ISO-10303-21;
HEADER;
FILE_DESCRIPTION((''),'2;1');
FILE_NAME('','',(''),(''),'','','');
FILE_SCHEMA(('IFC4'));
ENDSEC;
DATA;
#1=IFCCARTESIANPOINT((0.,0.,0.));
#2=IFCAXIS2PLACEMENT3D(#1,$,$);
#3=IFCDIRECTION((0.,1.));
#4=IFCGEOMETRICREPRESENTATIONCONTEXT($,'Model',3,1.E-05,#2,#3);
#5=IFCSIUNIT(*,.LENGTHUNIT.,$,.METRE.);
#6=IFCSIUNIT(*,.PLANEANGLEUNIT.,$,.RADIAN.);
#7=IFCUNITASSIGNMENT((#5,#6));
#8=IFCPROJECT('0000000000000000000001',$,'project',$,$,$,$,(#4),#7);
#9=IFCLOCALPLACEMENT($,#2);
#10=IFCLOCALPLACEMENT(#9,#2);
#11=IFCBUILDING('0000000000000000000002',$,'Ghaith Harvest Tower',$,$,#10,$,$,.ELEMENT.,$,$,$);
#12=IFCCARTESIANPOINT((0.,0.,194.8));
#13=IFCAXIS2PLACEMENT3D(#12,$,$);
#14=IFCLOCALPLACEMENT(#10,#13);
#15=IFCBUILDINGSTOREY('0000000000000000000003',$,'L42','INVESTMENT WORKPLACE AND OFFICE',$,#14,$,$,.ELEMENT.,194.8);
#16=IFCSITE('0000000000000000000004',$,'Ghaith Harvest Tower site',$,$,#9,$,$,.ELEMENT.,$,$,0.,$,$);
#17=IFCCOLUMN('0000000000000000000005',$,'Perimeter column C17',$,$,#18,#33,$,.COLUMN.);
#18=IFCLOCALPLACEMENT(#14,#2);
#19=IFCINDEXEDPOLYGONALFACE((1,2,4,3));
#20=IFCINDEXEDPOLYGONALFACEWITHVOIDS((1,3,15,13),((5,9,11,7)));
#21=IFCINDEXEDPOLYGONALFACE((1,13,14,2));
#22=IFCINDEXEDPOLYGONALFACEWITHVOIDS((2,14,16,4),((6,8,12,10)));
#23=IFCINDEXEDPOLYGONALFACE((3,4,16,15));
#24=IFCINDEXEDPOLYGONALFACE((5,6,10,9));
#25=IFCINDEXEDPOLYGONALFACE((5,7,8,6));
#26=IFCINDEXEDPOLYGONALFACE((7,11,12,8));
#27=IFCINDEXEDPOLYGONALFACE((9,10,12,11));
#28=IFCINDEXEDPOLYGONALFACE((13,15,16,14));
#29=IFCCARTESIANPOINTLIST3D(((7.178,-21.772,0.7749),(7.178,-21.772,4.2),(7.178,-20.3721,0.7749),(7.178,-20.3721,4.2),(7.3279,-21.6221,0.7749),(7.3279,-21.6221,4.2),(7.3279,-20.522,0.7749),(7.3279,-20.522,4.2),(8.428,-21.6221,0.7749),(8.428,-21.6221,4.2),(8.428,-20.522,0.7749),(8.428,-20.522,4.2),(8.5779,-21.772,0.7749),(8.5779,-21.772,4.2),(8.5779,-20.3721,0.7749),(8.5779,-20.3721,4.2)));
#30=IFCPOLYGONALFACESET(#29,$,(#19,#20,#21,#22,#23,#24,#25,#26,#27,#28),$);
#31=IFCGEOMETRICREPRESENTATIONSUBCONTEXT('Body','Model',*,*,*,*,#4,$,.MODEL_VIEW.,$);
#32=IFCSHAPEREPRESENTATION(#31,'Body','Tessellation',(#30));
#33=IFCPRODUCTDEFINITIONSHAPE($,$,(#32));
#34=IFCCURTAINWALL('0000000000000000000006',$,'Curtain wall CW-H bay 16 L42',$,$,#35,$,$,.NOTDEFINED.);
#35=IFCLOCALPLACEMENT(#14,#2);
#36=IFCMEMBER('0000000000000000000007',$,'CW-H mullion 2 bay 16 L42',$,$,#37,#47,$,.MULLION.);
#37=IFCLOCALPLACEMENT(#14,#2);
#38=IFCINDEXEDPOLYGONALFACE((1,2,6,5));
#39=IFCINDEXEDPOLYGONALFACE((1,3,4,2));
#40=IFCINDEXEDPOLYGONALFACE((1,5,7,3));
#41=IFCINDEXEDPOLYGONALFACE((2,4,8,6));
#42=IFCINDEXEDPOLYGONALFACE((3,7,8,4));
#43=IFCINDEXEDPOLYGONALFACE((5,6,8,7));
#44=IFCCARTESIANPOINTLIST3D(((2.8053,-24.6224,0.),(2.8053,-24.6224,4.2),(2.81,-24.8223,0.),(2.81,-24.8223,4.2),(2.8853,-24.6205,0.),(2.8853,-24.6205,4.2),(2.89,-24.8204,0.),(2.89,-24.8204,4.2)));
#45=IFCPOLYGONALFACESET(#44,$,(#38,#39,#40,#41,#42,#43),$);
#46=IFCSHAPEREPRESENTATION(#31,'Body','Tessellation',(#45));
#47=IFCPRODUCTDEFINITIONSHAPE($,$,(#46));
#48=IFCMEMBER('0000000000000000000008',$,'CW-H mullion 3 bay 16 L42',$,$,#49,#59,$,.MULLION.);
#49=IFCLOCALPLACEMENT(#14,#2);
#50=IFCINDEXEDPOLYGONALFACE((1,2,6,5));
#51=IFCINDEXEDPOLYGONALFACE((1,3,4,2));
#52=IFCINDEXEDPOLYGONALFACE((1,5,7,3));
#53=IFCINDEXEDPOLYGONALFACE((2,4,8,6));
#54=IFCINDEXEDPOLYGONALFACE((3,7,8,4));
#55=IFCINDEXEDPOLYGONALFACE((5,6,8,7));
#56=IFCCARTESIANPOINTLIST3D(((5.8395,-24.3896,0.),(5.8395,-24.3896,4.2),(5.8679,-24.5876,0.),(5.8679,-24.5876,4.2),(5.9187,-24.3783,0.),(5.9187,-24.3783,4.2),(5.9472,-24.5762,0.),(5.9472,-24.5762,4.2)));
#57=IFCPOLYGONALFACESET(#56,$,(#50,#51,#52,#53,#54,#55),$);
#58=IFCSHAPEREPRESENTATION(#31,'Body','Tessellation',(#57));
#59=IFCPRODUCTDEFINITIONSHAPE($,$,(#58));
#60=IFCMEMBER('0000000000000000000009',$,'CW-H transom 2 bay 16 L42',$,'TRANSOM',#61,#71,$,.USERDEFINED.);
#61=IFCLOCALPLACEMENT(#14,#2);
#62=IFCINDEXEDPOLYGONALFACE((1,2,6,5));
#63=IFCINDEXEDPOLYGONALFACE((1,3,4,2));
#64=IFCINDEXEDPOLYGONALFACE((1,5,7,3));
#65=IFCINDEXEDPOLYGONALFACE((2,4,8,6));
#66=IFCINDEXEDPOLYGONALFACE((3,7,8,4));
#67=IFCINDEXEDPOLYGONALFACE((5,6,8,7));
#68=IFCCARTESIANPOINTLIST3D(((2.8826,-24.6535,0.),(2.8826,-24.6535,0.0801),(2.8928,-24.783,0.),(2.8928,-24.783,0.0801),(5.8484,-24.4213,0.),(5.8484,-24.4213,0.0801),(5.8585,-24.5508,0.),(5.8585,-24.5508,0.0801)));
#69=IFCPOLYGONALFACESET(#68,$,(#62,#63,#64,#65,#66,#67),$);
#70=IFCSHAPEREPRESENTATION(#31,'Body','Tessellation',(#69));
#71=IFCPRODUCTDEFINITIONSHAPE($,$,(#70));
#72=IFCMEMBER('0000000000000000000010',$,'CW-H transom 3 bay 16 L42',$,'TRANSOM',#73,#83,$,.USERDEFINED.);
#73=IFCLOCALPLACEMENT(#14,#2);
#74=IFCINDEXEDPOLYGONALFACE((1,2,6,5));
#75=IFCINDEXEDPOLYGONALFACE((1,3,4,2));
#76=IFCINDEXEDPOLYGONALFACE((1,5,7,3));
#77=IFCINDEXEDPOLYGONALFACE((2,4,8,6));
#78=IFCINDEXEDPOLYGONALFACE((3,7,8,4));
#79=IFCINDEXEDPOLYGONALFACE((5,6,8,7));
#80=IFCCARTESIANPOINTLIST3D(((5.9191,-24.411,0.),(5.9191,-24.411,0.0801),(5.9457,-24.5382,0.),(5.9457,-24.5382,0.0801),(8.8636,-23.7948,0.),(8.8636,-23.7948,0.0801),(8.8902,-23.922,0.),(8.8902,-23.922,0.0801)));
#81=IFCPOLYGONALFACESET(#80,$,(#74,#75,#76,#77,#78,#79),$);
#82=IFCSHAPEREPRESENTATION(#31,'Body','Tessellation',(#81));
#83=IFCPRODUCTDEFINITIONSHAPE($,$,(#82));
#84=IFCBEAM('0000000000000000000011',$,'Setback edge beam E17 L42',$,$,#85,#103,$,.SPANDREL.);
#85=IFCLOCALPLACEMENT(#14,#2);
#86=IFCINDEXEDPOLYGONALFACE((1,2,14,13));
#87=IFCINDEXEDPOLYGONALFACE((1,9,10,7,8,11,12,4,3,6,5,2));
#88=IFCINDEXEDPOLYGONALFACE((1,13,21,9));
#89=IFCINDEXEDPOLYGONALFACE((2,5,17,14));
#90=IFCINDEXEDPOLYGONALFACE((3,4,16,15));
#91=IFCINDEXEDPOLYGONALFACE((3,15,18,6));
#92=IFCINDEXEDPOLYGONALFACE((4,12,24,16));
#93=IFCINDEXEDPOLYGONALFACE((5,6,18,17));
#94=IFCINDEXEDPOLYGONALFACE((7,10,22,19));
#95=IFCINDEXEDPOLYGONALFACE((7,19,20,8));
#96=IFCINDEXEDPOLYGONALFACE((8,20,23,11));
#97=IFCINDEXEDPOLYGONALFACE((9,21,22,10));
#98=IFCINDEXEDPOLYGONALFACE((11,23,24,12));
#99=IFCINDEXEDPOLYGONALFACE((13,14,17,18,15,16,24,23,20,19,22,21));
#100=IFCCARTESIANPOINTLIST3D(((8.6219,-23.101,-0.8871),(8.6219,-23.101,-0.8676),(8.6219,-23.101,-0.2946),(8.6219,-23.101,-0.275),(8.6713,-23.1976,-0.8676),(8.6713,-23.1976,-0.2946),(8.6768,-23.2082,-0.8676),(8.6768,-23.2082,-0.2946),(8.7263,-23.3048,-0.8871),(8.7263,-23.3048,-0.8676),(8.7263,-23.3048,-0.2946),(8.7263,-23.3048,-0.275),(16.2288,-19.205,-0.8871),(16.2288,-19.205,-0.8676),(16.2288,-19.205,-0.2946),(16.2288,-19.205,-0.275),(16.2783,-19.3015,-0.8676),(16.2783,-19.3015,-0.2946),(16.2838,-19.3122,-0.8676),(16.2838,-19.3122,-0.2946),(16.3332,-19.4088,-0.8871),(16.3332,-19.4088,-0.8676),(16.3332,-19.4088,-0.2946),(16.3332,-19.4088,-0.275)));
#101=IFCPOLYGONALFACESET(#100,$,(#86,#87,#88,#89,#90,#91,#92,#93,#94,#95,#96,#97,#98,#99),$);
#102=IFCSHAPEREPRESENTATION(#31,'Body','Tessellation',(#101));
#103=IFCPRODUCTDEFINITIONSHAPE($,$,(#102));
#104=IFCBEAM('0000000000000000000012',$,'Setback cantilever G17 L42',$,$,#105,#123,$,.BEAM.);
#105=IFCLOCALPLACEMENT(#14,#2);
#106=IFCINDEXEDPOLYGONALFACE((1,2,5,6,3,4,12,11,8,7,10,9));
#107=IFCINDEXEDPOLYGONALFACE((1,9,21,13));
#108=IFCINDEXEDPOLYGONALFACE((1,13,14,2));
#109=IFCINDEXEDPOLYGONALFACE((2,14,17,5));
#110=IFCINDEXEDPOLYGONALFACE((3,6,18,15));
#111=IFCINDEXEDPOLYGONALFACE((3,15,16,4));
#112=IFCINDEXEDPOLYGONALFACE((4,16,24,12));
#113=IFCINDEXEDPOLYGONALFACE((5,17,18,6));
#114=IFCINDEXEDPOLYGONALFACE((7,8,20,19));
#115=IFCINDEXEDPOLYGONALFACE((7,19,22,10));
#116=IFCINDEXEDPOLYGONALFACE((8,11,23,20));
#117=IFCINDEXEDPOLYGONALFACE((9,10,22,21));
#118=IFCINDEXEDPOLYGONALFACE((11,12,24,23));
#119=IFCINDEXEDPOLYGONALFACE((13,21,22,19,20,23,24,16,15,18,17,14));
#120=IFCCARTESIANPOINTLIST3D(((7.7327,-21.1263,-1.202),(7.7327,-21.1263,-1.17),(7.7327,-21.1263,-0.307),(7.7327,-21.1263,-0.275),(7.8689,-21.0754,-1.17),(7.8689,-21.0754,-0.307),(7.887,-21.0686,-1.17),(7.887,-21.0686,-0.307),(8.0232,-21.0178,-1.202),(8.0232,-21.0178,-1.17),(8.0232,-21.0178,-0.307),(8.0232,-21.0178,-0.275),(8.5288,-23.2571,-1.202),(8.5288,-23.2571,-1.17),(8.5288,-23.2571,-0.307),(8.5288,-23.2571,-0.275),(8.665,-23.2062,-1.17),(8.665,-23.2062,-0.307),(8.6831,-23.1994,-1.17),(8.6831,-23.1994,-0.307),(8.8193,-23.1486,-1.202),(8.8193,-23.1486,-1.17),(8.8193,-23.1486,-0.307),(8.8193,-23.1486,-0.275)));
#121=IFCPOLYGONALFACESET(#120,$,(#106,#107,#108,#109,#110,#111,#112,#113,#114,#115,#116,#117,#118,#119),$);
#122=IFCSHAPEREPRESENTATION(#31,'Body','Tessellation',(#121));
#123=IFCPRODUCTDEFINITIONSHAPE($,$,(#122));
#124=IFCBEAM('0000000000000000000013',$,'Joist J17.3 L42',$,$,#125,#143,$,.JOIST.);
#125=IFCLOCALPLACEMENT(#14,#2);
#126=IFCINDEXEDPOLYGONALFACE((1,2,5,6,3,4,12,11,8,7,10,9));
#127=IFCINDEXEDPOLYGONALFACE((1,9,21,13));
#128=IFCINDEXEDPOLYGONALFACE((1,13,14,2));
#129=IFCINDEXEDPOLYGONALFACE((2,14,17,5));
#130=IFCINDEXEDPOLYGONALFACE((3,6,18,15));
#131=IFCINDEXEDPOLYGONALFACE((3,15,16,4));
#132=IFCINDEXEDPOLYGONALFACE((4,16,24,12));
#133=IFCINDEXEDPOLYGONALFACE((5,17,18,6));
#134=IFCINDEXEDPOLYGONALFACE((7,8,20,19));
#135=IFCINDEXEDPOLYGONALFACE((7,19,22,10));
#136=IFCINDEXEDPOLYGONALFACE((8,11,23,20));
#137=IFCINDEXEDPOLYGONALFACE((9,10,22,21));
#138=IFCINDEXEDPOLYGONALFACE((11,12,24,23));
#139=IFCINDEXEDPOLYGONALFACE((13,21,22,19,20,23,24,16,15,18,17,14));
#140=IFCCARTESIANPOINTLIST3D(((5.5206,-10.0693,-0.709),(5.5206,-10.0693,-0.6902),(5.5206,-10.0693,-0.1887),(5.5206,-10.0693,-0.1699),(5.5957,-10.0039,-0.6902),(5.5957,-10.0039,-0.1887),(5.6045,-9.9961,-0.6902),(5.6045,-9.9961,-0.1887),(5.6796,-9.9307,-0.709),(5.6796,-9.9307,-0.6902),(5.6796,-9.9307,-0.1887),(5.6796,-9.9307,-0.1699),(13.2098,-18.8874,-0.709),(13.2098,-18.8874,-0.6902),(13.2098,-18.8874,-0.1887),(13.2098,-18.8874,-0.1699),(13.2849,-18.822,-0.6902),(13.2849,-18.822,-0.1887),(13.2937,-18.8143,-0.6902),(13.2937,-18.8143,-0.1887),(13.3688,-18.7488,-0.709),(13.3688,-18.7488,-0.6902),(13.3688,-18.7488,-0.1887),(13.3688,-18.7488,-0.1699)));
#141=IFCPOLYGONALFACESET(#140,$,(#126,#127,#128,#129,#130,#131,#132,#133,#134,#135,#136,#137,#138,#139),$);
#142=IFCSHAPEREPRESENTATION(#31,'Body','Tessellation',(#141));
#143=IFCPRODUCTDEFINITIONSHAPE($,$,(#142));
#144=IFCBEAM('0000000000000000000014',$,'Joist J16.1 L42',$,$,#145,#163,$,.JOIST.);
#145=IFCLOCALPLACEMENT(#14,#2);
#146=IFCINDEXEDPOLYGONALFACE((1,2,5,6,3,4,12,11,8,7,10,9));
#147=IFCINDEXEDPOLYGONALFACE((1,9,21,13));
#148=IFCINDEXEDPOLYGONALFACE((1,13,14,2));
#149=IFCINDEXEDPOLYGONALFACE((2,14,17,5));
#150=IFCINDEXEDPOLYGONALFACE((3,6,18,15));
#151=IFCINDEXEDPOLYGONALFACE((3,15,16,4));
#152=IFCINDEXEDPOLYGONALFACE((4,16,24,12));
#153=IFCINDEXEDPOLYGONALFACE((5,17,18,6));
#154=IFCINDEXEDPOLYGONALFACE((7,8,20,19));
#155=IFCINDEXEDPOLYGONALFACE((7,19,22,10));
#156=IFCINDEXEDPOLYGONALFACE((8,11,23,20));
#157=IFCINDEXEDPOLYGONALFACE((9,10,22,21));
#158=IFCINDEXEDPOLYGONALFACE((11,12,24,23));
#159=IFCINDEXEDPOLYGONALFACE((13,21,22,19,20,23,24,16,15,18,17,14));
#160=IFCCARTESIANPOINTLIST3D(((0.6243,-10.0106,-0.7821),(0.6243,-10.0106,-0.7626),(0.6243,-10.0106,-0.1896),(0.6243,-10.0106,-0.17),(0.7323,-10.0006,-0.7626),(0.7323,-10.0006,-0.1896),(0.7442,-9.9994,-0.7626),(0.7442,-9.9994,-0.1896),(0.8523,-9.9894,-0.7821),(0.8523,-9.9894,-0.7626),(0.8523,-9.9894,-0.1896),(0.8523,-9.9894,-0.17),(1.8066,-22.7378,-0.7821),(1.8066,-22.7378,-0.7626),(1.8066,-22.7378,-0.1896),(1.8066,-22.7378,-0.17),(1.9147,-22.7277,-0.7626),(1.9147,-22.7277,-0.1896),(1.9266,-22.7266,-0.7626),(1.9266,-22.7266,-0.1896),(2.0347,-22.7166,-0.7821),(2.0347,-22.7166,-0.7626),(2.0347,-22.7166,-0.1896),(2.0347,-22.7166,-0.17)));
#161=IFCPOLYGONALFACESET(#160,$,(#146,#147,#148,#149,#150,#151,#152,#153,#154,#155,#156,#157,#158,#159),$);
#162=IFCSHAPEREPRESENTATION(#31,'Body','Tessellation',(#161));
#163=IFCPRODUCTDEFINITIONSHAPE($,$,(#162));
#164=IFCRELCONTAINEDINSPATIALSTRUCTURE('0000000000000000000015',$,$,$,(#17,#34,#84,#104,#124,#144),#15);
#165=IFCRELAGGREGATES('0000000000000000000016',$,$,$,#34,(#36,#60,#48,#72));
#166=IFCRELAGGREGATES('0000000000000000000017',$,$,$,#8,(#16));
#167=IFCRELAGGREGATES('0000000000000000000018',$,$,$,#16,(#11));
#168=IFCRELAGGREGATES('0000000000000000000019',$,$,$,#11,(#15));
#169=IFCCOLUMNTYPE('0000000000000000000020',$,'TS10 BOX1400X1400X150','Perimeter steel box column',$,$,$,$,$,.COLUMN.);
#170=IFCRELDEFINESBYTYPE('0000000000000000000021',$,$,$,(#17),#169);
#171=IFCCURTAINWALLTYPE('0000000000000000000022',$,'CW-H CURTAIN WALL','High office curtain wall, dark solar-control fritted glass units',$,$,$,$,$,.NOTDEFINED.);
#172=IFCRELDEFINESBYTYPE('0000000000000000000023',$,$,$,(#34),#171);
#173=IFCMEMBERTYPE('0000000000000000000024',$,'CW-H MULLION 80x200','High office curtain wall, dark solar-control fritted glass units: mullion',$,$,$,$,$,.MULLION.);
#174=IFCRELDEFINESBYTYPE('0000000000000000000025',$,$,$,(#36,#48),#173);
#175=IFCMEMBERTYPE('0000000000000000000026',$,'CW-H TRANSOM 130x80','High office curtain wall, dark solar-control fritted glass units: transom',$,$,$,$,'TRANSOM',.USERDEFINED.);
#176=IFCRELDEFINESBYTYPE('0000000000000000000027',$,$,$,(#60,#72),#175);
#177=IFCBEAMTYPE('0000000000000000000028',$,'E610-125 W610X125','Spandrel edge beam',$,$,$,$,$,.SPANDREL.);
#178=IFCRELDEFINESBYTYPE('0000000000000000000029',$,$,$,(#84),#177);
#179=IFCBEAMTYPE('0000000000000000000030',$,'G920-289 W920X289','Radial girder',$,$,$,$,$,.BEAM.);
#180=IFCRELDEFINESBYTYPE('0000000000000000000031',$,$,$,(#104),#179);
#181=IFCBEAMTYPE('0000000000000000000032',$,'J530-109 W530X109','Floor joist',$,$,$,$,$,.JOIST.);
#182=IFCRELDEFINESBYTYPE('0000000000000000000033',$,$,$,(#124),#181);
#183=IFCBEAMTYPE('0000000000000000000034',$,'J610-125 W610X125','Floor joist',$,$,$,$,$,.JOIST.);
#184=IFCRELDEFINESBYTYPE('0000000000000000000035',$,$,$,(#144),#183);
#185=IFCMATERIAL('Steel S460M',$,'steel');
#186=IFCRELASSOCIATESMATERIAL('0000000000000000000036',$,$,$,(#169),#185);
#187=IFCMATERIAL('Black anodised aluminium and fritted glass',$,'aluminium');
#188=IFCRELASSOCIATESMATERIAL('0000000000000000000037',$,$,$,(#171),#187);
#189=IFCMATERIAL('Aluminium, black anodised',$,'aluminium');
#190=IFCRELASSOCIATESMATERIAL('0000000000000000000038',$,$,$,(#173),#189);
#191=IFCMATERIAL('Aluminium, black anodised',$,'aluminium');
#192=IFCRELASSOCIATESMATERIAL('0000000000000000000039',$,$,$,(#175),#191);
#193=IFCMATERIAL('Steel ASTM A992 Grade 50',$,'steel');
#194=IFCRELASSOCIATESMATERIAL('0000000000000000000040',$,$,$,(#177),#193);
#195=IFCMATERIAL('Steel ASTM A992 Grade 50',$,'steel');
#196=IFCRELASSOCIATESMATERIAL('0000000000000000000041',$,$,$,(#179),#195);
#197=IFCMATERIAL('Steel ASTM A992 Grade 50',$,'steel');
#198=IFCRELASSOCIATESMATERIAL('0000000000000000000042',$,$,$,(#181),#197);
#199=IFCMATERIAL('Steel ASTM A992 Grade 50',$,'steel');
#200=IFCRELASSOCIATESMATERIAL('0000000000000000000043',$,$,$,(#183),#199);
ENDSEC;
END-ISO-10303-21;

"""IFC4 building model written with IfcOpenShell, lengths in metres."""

from ifc_helpers import new_model, si_unit, direction, frame, origin, origin_2d, place, context, subcontext, project, spatial, rectangle, hollow_rectangle, i_section, extrude, material, material_profile, profile_set, type_object, element, aggregate, save


model = new_model("IFC4")

# Units and contexts
model_context = context("Model", 3, precision=1e-05, world=origin(), true_north=direction((0.0, 1.0)))
body_context = subcontext(model_context, "Body", "Model", "MODEL_VIEW")
ifc_project = project(units=[si_unit("LENGTHUNIT", "METRE"), si_unit("PLANEANGLEUNIT", "RADIAN")], contexts=[model_context])

# Site, building, storey
site_placement = place(None, origin())
site = spatial("IfcSite", under=ifc_project, at=site_placement, Name="Ghaith Harvest Tower site", CompositionType="ELEMENT", RefElevation=0.0)
building_placement = place(site_placement, origin())
building = spatial("IfcBuilding", under=site, at=building_placement, Name="Ghaith Harvest Tower", CompositionType="ELEMENT")
storey_placement = place(building_placement, frame((0.0, 0.0, 194.8)))
storey = spatial("IfcBuildingStorey", under=building, at=storey_placement, Name="L42", Description="INVESTMENT WORKPLACE AND OFFICE", CompositionType="ELEMENT", Elevation=194.8)

# Column
ifc_material_1 = material(Name="Steel S460M", Category="steel")
ifc_material_profile_1 = material_profile(ifc_material_1, hollow_rectangle(XDim=1.3999, YDim=1.3999, WallThickness=0.1499, at=origin_2d()), Name="BOX1400X1400X150")
ifc_profile_set_1 = profile_set([ifc_material_profile_1], Name="Steel S460M")
column_type = type_object("IfcColumnType", Name="TS10 BOX1400X1400X150", Description="Perimeter steel box column", PredefinedType="COLUMN", material=ifc_profile_set_1)
column_placement = place(storey_placement, frame((7.8779, -21.072, 0.7749), z_axis=(0.0, 0.0, 1.0), x_axis=(1.0, 0.0, 0.0)))
element("IfcColumn", 1, at=column_placement, inside=storey, type_object=column_type, Name="Perimeter column C17", PredefinedType="COLUMN", context=body_context, shape_type="SweptSolid", body=[
    extrude(hollow_rectangle(XDim=1.3999, YDim=1.3999, WallThickness=0.1499, at=origin_2d()), origin(), (0.0, 0.0, 1.0), 3.425),
])

# Curtain wall, members
ifc_material_2 = material(Name="Black anodised aluminium and fritted glass", Category="aluminium")
curtain_wall_type = type_object("IfcCurtainWallType", Name="CW-H CURTAIN WALL", Description="High office curtain wall, dark solar-control fritted glass units", PredefinedType="NOTDEFINED", material=ifc_material_2)
curtain_wall_placement = place(storey_placement, origin())
curtain_wall = element("IfcCurtainWall", 2, at=curtain_wall_placement, inside=storey, type_object=curtain_wall_type, Name="Curtain wall CW-H bay 16 L42", PredefinedType="NOTDEFINED")
ifc_material_3 = material(Name="Aluminium, black anodised", Category="aluminium")
ifc_material_profile_2 = material_profile(ifc_material_3, rectangle(XDim=0.0801, YDim=0.2, at=origin_2d()), Name="CW-H MULLION 80x200")
ifc_profile_set_2 = profile_set([ifc_material_profile_2], Name="Aluminium, black anodised")
member_type_1 = type_object("IfcMemberType", Name="CW-H MULLION 80x200", Description="High office curtain wall, dark solar-control fritted glass units: mullion", PredefinedType="MULLION", material=ifc_profile_set_2)
member_1_placement = place(storey_placement, frame((2.8477, -24.7214, 0.0), z_axis=(0.0, 0.0, 1.0), x_axis=(0.999724, 0.023475, 0.0)))
member_1 = element("IfcMember", 3, at=member_1_placement, type_object=member_type_1, Name="CW-H mullion 2 bay 16 L42", PredefinedType="MULLION", context=body_context, shape_type="SweptSolid", body=[
    extrude(rectangle(XDim=0.0801, YDim=0.2, at=origin_2d()), origin(), (0.0, 0.0, 1.0), 4.2),
])
member_2_placement = place(storey_placement, frame((5.8933, -24.4829, 0.0), z_axis=(0.0, 0.0, 1.0), x_axis=(0.989849, 0.142122, 0.0)))
member_2 = element("IfcMember", 4, at=member_2_placement, type_object=member_type_1, Name="CW-H mullion 3 bay 16 L42", PredefinedType="MULLION", context=body_context, shape_type="SweptSolid", body=[
    extrude(rectangle(XDim=0.0801, YDim=0.2, at=origin_2d()), origin(), (0.0, 0.0, 1.0), 4.2),
])
ifc_material_4 = material(Name="Aluminium, black anodised", Category="aluminium")
ifc_material_profile_3 = material_profile(ifc_material_4, rectangle(XDim=0.1299, YDim=0.0801, at=origin_2d()), Name="CW-H TRANSOM 130x80")
ifc_profile_set_3 = profile_set([ifc_material_profile_3], Name="Aluminium, black anodised")
member_type_2 = type_object("IfcMemberType", Name="CW-H TRANSOM 130x80", Description="High office curtain wall, dark solar-control fritted glass units: transom", ElementType="TRANSOM", PredefinedType="USERDEFINED", material=ifc_profile_set_3)
member_3_placement = place(storey_placement, frame((2.8877, -24.7183, 0.04), z_axis=(0.99695, 0.078046, 0.0), x_axis=(-0.078046, 0.99695, 0.0)))
member_3 = element("IfcMember", 5, at=member_3_placement, type_object=member_type_2, Name="CW-H transom 2 bay 16 L42", ObjectType="TRANSOM", PredefinedType="USERDEFINED", context=body_context, shape_type="SweptSolid", body=[
    extrude(rectangle(XDim=0.1299, YDim=0.0801, at=origin_2d()), origin(), (0.0, 0.0, 1.0), 2.9749),
])
member_4_placement = place(storey_placement, frame((5.9324, -24.4746, 0.04), z_axis=(0.978797, 0.204832, 0.0), x_axis=(-0.204832, 0.978797, 0.0)))
member_4 = element("IfcMember", 6, at=member_4_placement, type_object=member_type_2, Name="CW-H transom 3 bay 16 L42", ObjectType="TRANSOM", PredefinedType="USERDEFINED", context=body_context, shape_type="SweptSolid", body=[
    extrude(rectangle(XDim=0.1299, YDim=0.0801, at=origin_2d()), origin(), (0.0, 0.0, 1.0), 3.0083),
])

# Beams
ifc_material_5 = material(Name="Steel ASTM A992 Grade 50", Category="steel")
ifc_material_profile_4 = material_profile(ifc_material_5, i_section(OverallWidth=0.229, OverallDepth=0.6121, WebThickness=0.012, FlangeThickness=0.0195, at=origin_2d()), Name="W610X125")
ifc_profile_set_4 = profile_set([ifc_material_profile_4], Name="Steel ASTM A992 Grade 50")
beam_type_1 = type_object("IfcBeamType", Name="E610-125 W610X125", Description="Spandrel edge beam", PredefinedType="SPANDREL", material=ifc_profile_set_4)
beam_1_placement = place(storey_placement, frame((8.6741, -23.2029, -0.5811), z_axis=(0.890055, 0.455854, 0.0), x_axis=(-0.455854, 0.890055, 0.0)))
element("IfcBeam", 7, at=beam_1_placement, inside=storey, type_object=beam_type_1, Name="Setback edge beam E17 L42", PredefinedType="SPANDREL", context=body_context, shape_type="SweptSolid", body=[
    extrude(i_section(OverallWidth=0.229, OverallDepth=0.6121, WebThickness=0.012, FlangeThickness=0.0195, at=origin_2d()), origin(), (0.0, 0.0, 1.0), 8.5466),
])
ifc_material_6 = material(Name="Steel ASTM A992 Grade 50", Category="steel")
ifc_material_profile_5 = material_profile(ifc_material_6, i_section(OverallWidth=0.3101, OverallDepth=0.927, WebThickness=0.0193, FlangeThickness=0.032, at=origin_2d()), Name="W920X289")
ifc_profile_set_5 = profile_set([ifc_material_profile_5], Name="Steel ASTM A992 Grade 50")
beam_type_2 = type_object("IfcBeamType", Name="G920-289 W920X289", Description="Radial girder", PredefinedType="BEAM", material=ifc_profile_set_5)
beam_2_placement = place(storey_placement, frame((7.8779, -21.072, -0.7385), z_axis=(0.349994, -0.936752, 0.0), x_axis=(0.936752, 0.349994, 0.0)))
element("IfcBeam", 8, at=beam_2_placement, inside=storey, type_object=beam_type_2, Name="Setback cantilever G17 L42", PredefinedType="BEAM", context=body_context, shape_type="SweptSolid", body=[
    extrude(i_section(OverallWidth=0.3101, OverallDepth=0.927, WebThickness=0.0193, FlangeThickness=0.032, at=origin_2d()), origin(), (0.0, 0.0, 1.0), 2.2747),
])
ifc_material_7 = material(Name="Steel ASTM A992 Grade 50", Category="steel")
ifc_material_profile_6 = material_profile(ifc_material_7, i_section(OverallWidth=0.2109, OverallDepth=0.5391, WebThickness=0.0117, FlangeThickness=0.0188, at=origin_2d()), Name="W530X109")
ifc_profile_set_6 = profile_set([ifc_material_profile_6], Name="Steel ASTM A992 Grade 50")
beam_type_3 = type_object("IfcBeamType", Name="J530-109 W530X109", Description="Floor joist", PredefinedType="JOIST", material=ifc_profile_set_6)
beam_3_placement = place(storey_placement, frame((5.6001, -10.0, -0.4395), z_axis=(0.657214, -0.753704, 0.0), x_axis=(0.753704, 0.657214, 0.0)))
element("IfcBeam", 9, at=beam_3_placement, inside=storey, type_object=beam_type_3, Name="Joist J17.3 L42", PredefinedType="JOIST", context=body_context, shape_type="SweptSolid", body=[
    extrude(i_section(OverallWidth=0.2109, OverallDepth=0.5391, WebThickness=0.0117, FlangeThickness=0.0188, at=origin_2d()), origin(), (0.0, 0.0, 1.0), 11.6997),
])
ifc_material_8 = material(Name="Steel ASTM A992 Grade 50", Category="steel")
ifc_material_profile_7 = material_profile(ifc_material_8, i_section(OverallWidth=0.229, OverallDepth=0.6121, WebThickness=0.012, FlangeThickness=0.0195, at=origin_2d()), Name="W610X125")
ifc_profile_set_7 = profile_set([ifc_material_profile_7], Name="Steel ASTM A992 Grade 50")
beam_type_4 = type_object("IfcBeamType", Name="J610-125 W610X125", Description="Floor joist", PredefinedType="JOIST", material=ifc_profile_set_7)
beam_4_placement = place(storey_placement, frame((0.7383, -10.0, -0.4761), z_axis=(0.092502, -0.995712, 0.0), x_axis=(0.995712, 0.092502, 0.0)))
element("IfcBeam", 10, at=beam_4_placement, inside=storey, type_object=beam_type_4, Name="Joist J16.1 L42", PredefinedType="JOIST", context=body_context, shape_type="SweptSolid", body=[
    extrude(i_section(OverallWidth=0.229, OverallDepth=0.6121, WebThickness=0.012, FlangeThickness=0.0195, at=origin_2d()), origin(), (0.0, 0.0, 1.0), 12.782),
])

aggregate(curtain_wall, [member_1, member_3, member_2, member_4])

save(model, "model.ifc")
